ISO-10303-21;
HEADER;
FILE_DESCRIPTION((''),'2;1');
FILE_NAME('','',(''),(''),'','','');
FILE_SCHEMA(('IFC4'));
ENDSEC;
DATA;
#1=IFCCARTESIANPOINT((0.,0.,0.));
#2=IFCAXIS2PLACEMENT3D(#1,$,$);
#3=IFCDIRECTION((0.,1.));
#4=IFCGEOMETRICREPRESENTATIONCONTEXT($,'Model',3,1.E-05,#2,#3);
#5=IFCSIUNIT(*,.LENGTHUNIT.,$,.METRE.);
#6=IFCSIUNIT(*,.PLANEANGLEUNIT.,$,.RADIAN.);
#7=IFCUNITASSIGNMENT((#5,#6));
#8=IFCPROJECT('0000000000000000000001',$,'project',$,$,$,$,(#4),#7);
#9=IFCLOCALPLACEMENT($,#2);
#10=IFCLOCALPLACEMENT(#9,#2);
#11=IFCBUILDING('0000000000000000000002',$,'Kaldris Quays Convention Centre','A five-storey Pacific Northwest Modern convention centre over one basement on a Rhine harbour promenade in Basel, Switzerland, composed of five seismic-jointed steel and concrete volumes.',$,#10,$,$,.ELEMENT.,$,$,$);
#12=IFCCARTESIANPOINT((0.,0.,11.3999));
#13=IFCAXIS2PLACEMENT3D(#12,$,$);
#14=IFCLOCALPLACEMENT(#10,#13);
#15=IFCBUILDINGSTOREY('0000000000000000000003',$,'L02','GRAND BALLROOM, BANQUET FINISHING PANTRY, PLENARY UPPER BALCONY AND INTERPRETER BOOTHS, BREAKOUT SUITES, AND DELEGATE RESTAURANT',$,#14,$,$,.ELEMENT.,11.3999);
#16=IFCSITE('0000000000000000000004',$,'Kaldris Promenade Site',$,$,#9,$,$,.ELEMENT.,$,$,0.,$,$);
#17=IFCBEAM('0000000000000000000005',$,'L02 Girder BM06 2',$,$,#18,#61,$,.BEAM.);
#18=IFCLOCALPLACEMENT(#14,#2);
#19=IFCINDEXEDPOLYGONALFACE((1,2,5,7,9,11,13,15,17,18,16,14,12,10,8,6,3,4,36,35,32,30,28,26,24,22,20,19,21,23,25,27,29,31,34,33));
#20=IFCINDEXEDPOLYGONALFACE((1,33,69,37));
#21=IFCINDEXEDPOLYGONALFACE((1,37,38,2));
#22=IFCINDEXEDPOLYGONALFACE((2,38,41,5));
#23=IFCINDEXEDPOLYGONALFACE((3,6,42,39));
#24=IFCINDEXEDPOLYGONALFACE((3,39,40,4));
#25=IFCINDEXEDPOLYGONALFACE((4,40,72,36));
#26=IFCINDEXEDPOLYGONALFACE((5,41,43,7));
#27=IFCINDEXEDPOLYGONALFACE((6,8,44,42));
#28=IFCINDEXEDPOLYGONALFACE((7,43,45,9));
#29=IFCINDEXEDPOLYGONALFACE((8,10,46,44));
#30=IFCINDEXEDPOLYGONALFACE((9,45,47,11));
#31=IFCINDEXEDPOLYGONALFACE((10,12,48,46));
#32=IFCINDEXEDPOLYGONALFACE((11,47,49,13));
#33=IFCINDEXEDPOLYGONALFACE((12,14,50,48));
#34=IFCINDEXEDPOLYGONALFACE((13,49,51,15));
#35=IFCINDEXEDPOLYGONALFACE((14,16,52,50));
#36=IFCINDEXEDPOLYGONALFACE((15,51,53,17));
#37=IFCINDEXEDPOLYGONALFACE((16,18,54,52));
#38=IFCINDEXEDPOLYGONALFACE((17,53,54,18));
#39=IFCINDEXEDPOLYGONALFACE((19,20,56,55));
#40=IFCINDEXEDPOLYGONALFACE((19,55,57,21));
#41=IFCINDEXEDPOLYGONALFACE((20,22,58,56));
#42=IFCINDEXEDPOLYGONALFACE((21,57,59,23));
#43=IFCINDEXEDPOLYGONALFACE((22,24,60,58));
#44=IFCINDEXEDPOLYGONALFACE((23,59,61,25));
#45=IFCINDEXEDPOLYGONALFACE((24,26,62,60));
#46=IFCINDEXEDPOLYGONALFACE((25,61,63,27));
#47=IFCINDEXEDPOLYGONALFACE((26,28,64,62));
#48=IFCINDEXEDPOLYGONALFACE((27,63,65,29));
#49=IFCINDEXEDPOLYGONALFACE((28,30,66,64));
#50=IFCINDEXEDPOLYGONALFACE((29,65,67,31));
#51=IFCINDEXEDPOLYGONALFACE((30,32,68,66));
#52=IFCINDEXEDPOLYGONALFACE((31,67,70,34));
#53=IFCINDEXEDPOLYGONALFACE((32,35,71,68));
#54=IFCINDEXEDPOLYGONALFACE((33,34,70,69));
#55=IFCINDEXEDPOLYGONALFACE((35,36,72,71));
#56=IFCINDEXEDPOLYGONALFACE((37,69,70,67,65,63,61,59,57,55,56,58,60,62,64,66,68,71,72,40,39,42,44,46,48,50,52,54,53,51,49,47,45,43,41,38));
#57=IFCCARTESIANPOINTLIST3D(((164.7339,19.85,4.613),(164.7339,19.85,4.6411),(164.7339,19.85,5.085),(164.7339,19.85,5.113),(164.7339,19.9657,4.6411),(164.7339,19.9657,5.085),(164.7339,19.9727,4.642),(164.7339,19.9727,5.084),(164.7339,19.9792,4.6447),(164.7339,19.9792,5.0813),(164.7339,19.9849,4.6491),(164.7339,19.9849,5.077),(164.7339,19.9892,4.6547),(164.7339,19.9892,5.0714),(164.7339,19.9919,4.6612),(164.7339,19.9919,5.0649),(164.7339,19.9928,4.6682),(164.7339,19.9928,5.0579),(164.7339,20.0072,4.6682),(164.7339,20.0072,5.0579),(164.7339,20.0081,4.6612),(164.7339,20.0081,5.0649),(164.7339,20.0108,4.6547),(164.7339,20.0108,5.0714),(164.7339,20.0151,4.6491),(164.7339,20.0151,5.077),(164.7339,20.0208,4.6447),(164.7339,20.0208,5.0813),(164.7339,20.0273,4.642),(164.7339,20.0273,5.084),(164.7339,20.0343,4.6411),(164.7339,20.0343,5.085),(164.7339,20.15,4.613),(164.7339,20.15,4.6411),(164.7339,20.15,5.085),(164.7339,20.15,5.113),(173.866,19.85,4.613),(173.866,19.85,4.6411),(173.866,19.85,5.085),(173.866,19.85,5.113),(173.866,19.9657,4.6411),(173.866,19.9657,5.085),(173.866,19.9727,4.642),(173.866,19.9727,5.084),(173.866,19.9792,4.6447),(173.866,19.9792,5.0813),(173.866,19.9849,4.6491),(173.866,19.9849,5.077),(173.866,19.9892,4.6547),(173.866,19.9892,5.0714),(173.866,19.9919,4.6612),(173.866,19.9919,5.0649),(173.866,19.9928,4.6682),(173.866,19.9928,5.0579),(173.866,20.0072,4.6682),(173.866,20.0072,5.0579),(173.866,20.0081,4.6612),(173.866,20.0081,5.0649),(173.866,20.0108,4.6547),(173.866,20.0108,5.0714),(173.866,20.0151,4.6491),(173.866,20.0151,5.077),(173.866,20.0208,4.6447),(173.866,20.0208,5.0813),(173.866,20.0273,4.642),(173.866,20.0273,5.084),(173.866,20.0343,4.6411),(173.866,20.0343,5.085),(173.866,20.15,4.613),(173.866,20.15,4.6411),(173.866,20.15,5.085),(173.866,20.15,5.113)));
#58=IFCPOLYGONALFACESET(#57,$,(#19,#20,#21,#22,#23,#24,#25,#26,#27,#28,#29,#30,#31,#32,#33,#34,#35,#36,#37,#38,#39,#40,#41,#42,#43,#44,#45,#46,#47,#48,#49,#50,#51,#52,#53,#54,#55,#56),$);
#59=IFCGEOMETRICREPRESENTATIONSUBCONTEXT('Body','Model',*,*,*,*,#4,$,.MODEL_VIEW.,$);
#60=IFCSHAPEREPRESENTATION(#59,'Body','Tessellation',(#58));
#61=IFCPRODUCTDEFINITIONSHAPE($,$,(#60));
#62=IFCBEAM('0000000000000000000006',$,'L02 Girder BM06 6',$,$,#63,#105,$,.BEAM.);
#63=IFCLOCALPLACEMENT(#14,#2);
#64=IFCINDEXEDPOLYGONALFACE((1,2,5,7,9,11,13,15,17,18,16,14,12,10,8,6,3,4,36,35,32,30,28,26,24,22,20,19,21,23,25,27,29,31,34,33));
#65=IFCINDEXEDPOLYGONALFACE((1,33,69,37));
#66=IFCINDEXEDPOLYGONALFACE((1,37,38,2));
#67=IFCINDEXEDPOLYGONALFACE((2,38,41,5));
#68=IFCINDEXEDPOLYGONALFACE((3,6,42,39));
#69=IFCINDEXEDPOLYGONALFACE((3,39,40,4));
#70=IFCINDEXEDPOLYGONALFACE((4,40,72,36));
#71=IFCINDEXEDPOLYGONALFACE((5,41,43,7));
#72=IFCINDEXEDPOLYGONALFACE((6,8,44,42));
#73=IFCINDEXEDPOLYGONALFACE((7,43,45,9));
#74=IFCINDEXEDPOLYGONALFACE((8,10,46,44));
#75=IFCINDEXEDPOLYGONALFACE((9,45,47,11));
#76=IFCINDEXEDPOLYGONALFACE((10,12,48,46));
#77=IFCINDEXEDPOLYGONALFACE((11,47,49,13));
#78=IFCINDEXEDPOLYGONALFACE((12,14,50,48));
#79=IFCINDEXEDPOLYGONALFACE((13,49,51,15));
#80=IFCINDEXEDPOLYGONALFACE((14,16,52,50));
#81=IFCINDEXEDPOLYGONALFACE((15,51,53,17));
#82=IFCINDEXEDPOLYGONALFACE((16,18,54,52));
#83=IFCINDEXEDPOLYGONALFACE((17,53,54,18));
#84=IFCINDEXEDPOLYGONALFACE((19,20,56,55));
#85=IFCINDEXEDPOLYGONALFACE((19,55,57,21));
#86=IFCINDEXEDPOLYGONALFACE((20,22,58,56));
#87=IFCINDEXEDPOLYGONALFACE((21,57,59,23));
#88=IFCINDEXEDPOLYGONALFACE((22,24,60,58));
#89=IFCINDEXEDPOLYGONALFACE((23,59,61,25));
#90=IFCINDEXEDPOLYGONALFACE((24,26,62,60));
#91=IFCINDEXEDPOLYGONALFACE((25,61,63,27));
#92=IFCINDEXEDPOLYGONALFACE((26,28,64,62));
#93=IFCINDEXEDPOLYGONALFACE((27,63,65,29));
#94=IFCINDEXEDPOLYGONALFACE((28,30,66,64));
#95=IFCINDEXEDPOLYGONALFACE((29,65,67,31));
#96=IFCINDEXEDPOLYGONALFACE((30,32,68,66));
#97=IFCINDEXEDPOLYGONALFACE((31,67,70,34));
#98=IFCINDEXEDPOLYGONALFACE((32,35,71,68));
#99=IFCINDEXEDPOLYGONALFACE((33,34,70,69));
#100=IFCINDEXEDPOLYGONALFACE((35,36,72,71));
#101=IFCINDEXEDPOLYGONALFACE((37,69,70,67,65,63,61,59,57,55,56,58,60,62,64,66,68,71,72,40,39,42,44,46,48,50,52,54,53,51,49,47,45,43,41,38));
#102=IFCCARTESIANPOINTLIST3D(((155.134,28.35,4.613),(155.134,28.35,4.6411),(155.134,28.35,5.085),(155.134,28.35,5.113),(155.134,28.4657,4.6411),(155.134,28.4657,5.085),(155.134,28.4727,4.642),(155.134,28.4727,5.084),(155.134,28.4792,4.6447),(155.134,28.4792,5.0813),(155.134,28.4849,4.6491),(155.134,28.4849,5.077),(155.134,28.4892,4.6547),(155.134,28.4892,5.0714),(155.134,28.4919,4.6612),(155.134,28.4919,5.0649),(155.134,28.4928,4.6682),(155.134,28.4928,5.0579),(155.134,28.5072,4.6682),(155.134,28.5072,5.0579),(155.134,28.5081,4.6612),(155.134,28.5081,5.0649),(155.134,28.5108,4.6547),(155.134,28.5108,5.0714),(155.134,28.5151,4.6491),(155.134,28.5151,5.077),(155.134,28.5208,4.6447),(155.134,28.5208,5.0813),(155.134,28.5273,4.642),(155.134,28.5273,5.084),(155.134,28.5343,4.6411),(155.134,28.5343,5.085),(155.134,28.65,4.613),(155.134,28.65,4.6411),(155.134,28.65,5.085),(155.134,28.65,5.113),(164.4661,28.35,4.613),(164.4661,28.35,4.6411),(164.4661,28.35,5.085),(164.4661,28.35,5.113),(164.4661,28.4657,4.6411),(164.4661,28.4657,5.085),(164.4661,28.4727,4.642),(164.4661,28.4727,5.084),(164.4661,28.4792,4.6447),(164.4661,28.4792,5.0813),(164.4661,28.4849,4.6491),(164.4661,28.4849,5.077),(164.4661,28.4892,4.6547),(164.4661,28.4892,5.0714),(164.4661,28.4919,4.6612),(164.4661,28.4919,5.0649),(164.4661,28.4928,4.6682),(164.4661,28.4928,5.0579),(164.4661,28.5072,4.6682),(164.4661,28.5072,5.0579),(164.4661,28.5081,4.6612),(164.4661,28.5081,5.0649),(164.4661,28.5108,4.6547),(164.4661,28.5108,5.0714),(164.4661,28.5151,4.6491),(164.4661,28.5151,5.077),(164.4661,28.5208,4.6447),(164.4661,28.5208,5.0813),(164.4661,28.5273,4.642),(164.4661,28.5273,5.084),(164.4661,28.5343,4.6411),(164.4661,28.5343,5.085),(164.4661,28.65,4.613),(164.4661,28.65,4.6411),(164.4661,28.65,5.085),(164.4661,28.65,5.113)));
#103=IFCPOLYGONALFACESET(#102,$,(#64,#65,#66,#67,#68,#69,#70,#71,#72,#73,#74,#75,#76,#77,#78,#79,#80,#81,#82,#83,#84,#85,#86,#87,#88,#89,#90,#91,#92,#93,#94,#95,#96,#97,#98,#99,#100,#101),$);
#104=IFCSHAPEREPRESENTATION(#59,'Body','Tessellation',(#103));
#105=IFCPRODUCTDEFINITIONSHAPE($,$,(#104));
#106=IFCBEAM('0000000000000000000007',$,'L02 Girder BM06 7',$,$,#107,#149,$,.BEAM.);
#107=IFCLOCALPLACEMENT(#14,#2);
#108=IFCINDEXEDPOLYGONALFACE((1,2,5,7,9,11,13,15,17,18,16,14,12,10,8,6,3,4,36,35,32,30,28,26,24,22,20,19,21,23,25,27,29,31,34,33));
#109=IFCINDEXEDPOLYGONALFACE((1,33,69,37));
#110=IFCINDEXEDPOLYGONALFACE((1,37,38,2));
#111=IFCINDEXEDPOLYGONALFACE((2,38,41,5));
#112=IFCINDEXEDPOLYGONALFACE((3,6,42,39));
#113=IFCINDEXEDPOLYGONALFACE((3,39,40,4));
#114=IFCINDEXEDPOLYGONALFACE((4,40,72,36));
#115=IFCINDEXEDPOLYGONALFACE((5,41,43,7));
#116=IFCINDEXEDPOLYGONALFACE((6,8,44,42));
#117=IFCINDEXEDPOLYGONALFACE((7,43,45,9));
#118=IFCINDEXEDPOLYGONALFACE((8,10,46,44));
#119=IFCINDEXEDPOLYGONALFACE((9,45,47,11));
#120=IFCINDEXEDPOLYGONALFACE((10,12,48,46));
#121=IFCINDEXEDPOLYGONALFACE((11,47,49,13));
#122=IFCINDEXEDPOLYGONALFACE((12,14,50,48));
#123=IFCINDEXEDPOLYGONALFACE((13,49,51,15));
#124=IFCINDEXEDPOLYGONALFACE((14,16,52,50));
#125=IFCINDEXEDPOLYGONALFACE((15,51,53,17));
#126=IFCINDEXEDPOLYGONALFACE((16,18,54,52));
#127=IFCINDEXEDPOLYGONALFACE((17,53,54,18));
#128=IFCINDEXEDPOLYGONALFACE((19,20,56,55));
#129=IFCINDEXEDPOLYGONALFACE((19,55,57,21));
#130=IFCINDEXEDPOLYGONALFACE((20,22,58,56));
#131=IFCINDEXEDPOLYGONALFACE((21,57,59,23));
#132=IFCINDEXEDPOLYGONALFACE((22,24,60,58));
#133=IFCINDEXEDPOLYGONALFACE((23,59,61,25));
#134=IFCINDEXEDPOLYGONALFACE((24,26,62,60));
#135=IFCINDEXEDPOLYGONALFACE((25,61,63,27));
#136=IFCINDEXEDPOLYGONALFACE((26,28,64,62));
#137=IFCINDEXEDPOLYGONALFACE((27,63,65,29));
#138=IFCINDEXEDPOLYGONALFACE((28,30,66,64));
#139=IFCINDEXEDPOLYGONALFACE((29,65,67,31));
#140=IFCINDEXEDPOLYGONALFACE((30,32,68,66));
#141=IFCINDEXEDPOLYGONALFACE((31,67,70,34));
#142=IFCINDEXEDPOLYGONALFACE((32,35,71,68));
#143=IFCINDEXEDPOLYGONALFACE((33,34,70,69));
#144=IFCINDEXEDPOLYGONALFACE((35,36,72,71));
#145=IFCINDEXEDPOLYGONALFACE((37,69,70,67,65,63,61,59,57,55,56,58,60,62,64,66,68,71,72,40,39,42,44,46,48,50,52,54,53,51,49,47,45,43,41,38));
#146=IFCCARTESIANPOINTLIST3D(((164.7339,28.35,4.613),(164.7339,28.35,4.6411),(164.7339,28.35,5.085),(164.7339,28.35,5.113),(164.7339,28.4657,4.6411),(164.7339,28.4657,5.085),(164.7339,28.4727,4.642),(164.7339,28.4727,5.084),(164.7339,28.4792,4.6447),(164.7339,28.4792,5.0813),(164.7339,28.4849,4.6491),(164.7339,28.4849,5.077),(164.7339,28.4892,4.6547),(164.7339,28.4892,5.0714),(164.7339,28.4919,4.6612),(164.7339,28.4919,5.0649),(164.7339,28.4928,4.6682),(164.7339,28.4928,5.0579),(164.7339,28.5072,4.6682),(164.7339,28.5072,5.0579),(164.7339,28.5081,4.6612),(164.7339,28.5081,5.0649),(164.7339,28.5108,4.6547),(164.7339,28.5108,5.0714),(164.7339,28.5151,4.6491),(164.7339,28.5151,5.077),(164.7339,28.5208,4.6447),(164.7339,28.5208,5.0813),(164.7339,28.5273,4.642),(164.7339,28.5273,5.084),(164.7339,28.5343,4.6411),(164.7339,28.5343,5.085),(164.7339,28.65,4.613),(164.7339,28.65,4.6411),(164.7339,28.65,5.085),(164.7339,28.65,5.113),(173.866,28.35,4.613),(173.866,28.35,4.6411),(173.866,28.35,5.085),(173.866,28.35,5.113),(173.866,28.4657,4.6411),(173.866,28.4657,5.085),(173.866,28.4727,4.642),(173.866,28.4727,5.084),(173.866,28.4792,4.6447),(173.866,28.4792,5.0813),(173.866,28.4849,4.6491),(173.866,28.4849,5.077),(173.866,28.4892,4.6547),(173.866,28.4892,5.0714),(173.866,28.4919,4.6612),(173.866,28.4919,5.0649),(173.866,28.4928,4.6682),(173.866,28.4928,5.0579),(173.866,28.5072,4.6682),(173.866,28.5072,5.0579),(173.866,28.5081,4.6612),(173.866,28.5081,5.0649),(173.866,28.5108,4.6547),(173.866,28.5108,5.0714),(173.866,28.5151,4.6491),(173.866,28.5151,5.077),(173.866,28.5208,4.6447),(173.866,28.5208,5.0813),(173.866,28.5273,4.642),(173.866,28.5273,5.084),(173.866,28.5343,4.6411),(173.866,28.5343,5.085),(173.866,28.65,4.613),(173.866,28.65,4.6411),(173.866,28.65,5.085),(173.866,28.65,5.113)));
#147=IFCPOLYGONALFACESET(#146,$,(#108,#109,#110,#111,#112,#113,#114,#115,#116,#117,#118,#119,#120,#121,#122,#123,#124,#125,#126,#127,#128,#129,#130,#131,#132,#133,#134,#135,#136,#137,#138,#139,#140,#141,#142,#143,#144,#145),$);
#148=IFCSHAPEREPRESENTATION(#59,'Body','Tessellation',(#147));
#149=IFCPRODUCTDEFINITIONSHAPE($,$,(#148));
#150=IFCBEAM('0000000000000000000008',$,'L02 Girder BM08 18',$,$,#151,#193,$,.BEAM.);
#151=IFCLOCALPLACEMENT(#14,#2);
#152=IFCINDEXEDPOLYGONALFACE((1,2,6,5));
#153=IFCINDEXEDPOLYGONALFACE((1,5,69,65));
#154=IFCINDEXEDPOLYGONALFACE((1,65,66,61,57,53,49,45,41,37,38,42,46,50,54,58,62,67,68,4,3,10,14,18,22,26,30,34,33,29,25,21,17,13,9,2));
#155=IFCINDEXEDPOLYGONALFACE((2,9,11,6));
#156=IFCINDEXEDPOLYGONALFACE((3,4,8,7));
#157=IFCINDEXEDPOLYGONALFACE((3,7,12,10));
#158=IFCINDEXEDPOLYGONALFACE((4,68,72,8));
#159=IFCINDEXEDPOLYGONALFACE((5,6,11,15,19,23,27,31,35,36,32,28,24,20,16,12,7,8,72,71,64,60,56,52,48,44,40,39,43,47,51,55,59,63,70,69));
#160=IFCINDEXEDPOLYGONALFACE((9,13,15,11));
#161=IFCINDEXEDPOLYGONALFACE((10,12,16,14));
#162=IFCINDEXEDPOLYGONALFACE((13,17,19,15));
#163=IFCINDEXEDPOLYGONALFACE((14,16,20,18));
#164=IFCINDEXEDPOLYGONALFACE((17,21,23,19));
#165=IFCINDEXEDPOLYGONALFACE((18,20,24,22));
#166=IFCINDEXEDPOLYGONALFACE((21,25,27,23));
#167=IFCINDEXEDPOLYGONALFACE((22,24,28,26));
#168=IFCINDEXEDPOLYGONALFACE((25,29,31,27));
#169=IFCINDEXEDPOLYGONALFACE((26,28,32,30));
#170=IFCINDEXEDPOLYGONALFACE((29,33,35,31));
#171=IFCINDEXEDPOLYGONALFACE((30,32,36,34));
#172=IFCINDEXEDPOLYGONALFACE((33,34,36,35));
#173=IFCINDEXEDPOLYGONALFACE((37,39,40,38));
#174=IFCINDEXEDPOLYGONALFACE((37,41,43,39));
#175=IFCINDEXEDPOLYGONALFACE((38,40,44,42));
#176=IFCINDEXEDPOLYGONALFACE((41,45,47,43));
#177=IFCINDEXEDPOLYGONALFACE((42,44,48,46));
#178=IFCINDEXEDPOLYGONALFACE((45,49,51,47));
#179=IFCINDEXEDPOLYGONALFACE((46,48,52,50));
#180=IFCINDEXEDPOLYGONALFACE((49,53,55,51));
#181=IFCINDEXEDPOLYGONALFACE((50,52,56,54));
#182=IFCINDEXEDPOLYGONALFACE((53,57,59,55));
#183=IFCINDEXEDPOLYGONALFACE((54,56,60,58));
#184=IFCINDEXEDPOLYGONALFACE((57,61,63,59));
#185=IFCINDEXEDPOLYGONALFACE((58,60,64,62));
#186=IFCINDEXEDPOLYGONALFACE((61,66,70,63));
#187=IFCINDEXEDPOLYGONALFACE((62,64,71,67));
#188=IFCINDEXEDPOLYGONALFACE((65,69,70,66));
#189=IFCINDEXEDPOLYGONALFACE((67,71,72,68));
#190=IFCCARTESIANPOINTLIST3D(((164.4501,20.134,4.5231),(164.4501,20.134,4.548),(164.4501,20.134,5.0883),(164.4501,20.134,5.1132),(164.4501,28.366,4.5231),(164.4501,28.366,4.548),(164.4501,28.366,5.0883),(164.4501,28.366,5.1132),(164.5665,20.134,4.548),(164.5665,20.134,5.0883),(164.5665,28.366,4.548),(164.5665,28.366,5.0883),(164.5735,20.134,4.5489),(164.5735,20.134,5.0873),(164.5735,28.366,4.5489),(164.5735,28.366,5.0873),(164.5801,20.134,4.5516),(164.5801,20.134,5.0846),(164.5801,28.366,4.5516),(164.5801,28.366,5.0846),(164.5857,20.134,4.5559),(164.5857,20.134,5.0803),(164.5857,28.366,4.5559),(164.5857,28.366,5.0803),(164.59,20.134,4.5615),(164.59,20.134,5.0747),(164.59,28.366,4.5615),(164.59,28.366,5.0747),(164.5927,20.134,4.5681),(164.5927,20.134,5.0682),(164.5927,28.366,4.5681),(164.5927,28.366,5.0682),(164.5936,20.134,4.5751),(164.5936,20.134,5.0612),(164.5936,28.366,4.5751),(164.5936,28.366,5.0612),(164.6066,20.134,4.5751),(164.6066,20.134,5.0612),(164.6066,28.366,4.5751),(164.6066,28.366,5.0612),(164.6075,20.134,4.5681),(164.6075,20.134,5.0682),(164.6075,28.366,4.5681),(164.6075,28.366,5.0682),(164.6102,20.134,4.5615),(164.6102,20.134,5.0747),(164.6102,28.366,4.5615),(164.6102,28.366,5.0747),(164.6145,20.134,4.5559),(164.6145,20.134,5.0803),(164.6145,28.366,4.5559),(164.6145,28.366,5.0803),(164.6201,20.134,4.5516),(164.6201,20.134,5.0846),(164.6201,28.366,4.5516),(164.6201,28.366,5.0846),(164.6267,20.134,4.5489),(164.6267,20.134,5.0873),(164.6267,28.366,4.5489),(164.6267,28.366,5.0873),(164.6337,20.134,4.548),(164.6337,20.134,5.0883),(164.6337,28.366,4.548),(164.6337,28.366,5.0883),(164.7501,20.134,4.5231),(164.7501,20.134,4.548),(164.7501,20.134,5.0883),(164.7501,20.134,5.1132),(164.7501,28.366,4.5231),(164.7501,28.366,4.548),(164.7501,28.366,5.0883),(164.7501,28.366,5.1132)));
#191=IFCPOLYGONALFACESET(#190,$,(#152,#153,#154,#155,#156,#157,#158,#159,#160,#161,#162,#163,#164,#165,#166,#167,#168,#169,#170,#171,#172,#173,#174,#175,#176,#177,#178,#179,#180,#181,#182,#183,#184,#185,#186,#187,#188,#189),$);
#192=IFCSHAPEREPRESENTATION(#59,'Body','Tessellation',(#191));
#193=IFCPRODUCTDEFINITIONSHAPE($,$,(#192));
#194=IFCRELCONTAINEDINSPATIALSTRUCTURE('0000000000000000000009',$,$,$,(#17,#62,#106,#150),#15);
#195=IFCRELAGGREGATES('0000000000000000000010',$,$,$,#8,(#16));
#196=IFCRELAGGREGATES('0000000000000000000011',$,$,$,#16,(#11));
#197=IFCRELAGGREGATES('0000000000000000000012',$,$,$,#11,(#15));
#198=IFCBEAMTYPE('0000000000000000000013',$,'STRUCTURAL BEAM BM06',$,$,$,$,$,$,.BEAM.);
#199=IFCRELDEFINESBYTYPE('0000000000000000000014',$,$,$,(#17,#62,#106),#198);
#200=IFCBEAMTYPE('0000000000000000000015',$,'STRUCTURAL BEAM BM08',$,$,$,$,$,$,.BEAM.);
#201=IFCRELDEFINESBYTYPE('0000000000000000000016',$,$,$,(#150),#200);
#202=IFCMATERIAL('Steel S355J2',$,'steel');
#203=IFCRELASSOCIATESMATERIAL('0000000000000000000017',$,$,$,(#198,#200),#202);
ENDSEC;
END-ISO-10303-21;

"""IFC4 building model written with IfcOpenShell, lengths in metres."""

from ifc_helpers import new_model, si_unit, direction, frame, origin, origin_2d, place, context, subcontext, project, spatial, i_section, extrude, material, material_profile, profile_set, type_object, element, save


model = new_model("IFC4")

# Units and contexts
model_context = context("Model", 3, precision=1e-05, world=origin(), true_north=direction((0.0, 1.0)))
body_context = subcontext(model_context, "Body", "Model", "MODEL_VIEW")
ifc_project = project(units=[si_unit("LENGTHUNIT", "METRE"), si_unit("PLANEANGLEUNIT", "RADIAN")], contexts=[model_context])

# Site, building, storey
site_placement = place(None, origin())
site = spatial("IfcSite", under=ifc_project, at=site_placement, Name="Kaldris Promenade Site", CompositionType="ELEMENT", RefElevation=0.0)
building_placement = place(site_placement, origin())
building = spatial("IfcBuilding", under=site, at=building_placement, Name="Kaldris Quays Convention Centre", Description="A five-storey Pacific Northwest Modern convention centre over one basement on a Rhine harbour promenade in Basel, Switzerland, composed of five seismic-jointed steel and concrete volumes.", CompositionType="ELEMENT")
storey_placement = place(building_placement, frame((0.0, 0.0, 11.3999)))
storey = spatial("IfcBuildingStorey", under=building, at=storey_placement, Name="L02", Description="GRAND BALLROOM, BANQUET FINISHING PANTRY, PLENARY UPPER BALCONY AND INTERPRETER BOOTHS, BREAKOUT SUITES, AND DELEGATE RESTAURANT", CompositionType="ELEMENT", Elevation=11.3999)

# Shared definitions
ifc_material_1 = material(Name="Steel S355J2", Category="steel")

# Beams
ifc_material_profile_1 = material_profile(ifc_material_1, i_section(OverallWidth=0.3, OverallDepth=0.5, WebThickness=0.0144, FlangeThickness=0.0281, FilletRadius=0.0271, at=origin_2d()), Name="HEB 500")
ifc_profile_set_1 = profile_set([ifc_material_profile_1], Name="Steel S355J2")
beam_type_1 = type_object("IfcBeamType", Name="STRUCTURAL BEAM BM06", PredefinedType="BEAM", material=ifc_profile_set_1)
beam_1_placement = place(storey_placement, frame((164.7339, 20.0, 4.863), z_axis=(1.0, 0.0, 0.0), x_axis=(0.0, 1.0, 0.0)))
element("IfcBeam", 1, at=beam_1_placement, inside=storey, type_object=beam_type_1, Name="L02 Girder BM06 2", PredefinedType="BEAM", context=body_context, shape_type="SweptSolid", body=[
    extrude(i_section(OverallWidth=0.3, OverallDepth=0.5, WebThickness=0.0144, FlangeThickness=0.0281, FilletRadius=0.0271, at=origin_2d()), origin(), (0.0, 0.0, 1.0), 9.1321),
])
beam_2_placement = place(storey_placement, frame((155.134, 28.5, 4.863), z_axis=(1.0, 0.0, 0.0), x_axis=(0.0, 1.0, 0.0)))
element("IfcBeam", 2, at=beam_2_placement, inside=storey, type_object=beam_type_1, Name="L02 Girder BM06 6", PredefinedType="BEAM", context=body_context, shape_type="SweptSolid", body=[
    extrude(i_section(OverallWidth=0.3, OverallDepth=0.5, WebThickness=0.0144, FlangeThickness=0.0281, FilletRadius=0.0271, at=origin_2d()), origin(), (0.0, 0.0, 1.0), 9.332),
])
beam_3_placement = place(storey_placement, frame((164.7339, 28.5, 4.863), z_axis=(1.0, 0.0, 0.0), x_axis=(0.0, 1.0, 0.0)))
element("IfcBeam", 3, at=beam_3_placement, inside=storey, type_object=beam_type_1, Name="L02 Girder BM06 7", PredefinedType="BEAM", context=body_context, shape_type="SweptSolid", body=[
    extrude(i_section(OverallWidth=0.3, OverallDepth=0.5, WebThickness=0.0144, FlangeThickness=0.0281, FilletRadius=0.0271, at=origin_2d()), origin(), (0.0, 0.0, 1.0), 9.1321),
])
ifc_material_profile_2 = material_profile(ifc_material_1, i_section(OverallWidth=0.3, OverallDepth=0.5901, WebThickness=0.0129, FlangeThickness=0.0249, FilletRadius=0.0271, at=origin_2d()), Name="HEA 600")
ifc_profile_set_2 = profile_set([ifc_material_profile_2], Name="Steel S355J2")
beam_type_2 = type_object("IfcBeamType", Name="STRUCTURAL BEAM BM08", PredefinedType="BEAM", material=ifc_profile_set_2)
beam_4_placement = place(storey_placement, frame((164.6001, 20.134, 4.8181), z_axis=(0.0, 1.0, 0.0), x_axis=(-1.0, 0.0, 0.0)))
element("IfcBeam", 4, at=beam_4_placement, inside=storey, type_object=beam_type_2, Name="L02 Girder BM08 18", PredefinedType="BEAM", context=body_context, shape_type="SweptSolid", body=[
    extrude(i_section(OverallWidth=0.3, OverallDepth=0.5901, WebThickness=0.0129, FlangeThickness=0.0249, FilletRadius=0.0271, at=origin_2d()), origin(), (0.0, 0.0, 1.0), 8.2319),
])

save(model, "model.ifc")
